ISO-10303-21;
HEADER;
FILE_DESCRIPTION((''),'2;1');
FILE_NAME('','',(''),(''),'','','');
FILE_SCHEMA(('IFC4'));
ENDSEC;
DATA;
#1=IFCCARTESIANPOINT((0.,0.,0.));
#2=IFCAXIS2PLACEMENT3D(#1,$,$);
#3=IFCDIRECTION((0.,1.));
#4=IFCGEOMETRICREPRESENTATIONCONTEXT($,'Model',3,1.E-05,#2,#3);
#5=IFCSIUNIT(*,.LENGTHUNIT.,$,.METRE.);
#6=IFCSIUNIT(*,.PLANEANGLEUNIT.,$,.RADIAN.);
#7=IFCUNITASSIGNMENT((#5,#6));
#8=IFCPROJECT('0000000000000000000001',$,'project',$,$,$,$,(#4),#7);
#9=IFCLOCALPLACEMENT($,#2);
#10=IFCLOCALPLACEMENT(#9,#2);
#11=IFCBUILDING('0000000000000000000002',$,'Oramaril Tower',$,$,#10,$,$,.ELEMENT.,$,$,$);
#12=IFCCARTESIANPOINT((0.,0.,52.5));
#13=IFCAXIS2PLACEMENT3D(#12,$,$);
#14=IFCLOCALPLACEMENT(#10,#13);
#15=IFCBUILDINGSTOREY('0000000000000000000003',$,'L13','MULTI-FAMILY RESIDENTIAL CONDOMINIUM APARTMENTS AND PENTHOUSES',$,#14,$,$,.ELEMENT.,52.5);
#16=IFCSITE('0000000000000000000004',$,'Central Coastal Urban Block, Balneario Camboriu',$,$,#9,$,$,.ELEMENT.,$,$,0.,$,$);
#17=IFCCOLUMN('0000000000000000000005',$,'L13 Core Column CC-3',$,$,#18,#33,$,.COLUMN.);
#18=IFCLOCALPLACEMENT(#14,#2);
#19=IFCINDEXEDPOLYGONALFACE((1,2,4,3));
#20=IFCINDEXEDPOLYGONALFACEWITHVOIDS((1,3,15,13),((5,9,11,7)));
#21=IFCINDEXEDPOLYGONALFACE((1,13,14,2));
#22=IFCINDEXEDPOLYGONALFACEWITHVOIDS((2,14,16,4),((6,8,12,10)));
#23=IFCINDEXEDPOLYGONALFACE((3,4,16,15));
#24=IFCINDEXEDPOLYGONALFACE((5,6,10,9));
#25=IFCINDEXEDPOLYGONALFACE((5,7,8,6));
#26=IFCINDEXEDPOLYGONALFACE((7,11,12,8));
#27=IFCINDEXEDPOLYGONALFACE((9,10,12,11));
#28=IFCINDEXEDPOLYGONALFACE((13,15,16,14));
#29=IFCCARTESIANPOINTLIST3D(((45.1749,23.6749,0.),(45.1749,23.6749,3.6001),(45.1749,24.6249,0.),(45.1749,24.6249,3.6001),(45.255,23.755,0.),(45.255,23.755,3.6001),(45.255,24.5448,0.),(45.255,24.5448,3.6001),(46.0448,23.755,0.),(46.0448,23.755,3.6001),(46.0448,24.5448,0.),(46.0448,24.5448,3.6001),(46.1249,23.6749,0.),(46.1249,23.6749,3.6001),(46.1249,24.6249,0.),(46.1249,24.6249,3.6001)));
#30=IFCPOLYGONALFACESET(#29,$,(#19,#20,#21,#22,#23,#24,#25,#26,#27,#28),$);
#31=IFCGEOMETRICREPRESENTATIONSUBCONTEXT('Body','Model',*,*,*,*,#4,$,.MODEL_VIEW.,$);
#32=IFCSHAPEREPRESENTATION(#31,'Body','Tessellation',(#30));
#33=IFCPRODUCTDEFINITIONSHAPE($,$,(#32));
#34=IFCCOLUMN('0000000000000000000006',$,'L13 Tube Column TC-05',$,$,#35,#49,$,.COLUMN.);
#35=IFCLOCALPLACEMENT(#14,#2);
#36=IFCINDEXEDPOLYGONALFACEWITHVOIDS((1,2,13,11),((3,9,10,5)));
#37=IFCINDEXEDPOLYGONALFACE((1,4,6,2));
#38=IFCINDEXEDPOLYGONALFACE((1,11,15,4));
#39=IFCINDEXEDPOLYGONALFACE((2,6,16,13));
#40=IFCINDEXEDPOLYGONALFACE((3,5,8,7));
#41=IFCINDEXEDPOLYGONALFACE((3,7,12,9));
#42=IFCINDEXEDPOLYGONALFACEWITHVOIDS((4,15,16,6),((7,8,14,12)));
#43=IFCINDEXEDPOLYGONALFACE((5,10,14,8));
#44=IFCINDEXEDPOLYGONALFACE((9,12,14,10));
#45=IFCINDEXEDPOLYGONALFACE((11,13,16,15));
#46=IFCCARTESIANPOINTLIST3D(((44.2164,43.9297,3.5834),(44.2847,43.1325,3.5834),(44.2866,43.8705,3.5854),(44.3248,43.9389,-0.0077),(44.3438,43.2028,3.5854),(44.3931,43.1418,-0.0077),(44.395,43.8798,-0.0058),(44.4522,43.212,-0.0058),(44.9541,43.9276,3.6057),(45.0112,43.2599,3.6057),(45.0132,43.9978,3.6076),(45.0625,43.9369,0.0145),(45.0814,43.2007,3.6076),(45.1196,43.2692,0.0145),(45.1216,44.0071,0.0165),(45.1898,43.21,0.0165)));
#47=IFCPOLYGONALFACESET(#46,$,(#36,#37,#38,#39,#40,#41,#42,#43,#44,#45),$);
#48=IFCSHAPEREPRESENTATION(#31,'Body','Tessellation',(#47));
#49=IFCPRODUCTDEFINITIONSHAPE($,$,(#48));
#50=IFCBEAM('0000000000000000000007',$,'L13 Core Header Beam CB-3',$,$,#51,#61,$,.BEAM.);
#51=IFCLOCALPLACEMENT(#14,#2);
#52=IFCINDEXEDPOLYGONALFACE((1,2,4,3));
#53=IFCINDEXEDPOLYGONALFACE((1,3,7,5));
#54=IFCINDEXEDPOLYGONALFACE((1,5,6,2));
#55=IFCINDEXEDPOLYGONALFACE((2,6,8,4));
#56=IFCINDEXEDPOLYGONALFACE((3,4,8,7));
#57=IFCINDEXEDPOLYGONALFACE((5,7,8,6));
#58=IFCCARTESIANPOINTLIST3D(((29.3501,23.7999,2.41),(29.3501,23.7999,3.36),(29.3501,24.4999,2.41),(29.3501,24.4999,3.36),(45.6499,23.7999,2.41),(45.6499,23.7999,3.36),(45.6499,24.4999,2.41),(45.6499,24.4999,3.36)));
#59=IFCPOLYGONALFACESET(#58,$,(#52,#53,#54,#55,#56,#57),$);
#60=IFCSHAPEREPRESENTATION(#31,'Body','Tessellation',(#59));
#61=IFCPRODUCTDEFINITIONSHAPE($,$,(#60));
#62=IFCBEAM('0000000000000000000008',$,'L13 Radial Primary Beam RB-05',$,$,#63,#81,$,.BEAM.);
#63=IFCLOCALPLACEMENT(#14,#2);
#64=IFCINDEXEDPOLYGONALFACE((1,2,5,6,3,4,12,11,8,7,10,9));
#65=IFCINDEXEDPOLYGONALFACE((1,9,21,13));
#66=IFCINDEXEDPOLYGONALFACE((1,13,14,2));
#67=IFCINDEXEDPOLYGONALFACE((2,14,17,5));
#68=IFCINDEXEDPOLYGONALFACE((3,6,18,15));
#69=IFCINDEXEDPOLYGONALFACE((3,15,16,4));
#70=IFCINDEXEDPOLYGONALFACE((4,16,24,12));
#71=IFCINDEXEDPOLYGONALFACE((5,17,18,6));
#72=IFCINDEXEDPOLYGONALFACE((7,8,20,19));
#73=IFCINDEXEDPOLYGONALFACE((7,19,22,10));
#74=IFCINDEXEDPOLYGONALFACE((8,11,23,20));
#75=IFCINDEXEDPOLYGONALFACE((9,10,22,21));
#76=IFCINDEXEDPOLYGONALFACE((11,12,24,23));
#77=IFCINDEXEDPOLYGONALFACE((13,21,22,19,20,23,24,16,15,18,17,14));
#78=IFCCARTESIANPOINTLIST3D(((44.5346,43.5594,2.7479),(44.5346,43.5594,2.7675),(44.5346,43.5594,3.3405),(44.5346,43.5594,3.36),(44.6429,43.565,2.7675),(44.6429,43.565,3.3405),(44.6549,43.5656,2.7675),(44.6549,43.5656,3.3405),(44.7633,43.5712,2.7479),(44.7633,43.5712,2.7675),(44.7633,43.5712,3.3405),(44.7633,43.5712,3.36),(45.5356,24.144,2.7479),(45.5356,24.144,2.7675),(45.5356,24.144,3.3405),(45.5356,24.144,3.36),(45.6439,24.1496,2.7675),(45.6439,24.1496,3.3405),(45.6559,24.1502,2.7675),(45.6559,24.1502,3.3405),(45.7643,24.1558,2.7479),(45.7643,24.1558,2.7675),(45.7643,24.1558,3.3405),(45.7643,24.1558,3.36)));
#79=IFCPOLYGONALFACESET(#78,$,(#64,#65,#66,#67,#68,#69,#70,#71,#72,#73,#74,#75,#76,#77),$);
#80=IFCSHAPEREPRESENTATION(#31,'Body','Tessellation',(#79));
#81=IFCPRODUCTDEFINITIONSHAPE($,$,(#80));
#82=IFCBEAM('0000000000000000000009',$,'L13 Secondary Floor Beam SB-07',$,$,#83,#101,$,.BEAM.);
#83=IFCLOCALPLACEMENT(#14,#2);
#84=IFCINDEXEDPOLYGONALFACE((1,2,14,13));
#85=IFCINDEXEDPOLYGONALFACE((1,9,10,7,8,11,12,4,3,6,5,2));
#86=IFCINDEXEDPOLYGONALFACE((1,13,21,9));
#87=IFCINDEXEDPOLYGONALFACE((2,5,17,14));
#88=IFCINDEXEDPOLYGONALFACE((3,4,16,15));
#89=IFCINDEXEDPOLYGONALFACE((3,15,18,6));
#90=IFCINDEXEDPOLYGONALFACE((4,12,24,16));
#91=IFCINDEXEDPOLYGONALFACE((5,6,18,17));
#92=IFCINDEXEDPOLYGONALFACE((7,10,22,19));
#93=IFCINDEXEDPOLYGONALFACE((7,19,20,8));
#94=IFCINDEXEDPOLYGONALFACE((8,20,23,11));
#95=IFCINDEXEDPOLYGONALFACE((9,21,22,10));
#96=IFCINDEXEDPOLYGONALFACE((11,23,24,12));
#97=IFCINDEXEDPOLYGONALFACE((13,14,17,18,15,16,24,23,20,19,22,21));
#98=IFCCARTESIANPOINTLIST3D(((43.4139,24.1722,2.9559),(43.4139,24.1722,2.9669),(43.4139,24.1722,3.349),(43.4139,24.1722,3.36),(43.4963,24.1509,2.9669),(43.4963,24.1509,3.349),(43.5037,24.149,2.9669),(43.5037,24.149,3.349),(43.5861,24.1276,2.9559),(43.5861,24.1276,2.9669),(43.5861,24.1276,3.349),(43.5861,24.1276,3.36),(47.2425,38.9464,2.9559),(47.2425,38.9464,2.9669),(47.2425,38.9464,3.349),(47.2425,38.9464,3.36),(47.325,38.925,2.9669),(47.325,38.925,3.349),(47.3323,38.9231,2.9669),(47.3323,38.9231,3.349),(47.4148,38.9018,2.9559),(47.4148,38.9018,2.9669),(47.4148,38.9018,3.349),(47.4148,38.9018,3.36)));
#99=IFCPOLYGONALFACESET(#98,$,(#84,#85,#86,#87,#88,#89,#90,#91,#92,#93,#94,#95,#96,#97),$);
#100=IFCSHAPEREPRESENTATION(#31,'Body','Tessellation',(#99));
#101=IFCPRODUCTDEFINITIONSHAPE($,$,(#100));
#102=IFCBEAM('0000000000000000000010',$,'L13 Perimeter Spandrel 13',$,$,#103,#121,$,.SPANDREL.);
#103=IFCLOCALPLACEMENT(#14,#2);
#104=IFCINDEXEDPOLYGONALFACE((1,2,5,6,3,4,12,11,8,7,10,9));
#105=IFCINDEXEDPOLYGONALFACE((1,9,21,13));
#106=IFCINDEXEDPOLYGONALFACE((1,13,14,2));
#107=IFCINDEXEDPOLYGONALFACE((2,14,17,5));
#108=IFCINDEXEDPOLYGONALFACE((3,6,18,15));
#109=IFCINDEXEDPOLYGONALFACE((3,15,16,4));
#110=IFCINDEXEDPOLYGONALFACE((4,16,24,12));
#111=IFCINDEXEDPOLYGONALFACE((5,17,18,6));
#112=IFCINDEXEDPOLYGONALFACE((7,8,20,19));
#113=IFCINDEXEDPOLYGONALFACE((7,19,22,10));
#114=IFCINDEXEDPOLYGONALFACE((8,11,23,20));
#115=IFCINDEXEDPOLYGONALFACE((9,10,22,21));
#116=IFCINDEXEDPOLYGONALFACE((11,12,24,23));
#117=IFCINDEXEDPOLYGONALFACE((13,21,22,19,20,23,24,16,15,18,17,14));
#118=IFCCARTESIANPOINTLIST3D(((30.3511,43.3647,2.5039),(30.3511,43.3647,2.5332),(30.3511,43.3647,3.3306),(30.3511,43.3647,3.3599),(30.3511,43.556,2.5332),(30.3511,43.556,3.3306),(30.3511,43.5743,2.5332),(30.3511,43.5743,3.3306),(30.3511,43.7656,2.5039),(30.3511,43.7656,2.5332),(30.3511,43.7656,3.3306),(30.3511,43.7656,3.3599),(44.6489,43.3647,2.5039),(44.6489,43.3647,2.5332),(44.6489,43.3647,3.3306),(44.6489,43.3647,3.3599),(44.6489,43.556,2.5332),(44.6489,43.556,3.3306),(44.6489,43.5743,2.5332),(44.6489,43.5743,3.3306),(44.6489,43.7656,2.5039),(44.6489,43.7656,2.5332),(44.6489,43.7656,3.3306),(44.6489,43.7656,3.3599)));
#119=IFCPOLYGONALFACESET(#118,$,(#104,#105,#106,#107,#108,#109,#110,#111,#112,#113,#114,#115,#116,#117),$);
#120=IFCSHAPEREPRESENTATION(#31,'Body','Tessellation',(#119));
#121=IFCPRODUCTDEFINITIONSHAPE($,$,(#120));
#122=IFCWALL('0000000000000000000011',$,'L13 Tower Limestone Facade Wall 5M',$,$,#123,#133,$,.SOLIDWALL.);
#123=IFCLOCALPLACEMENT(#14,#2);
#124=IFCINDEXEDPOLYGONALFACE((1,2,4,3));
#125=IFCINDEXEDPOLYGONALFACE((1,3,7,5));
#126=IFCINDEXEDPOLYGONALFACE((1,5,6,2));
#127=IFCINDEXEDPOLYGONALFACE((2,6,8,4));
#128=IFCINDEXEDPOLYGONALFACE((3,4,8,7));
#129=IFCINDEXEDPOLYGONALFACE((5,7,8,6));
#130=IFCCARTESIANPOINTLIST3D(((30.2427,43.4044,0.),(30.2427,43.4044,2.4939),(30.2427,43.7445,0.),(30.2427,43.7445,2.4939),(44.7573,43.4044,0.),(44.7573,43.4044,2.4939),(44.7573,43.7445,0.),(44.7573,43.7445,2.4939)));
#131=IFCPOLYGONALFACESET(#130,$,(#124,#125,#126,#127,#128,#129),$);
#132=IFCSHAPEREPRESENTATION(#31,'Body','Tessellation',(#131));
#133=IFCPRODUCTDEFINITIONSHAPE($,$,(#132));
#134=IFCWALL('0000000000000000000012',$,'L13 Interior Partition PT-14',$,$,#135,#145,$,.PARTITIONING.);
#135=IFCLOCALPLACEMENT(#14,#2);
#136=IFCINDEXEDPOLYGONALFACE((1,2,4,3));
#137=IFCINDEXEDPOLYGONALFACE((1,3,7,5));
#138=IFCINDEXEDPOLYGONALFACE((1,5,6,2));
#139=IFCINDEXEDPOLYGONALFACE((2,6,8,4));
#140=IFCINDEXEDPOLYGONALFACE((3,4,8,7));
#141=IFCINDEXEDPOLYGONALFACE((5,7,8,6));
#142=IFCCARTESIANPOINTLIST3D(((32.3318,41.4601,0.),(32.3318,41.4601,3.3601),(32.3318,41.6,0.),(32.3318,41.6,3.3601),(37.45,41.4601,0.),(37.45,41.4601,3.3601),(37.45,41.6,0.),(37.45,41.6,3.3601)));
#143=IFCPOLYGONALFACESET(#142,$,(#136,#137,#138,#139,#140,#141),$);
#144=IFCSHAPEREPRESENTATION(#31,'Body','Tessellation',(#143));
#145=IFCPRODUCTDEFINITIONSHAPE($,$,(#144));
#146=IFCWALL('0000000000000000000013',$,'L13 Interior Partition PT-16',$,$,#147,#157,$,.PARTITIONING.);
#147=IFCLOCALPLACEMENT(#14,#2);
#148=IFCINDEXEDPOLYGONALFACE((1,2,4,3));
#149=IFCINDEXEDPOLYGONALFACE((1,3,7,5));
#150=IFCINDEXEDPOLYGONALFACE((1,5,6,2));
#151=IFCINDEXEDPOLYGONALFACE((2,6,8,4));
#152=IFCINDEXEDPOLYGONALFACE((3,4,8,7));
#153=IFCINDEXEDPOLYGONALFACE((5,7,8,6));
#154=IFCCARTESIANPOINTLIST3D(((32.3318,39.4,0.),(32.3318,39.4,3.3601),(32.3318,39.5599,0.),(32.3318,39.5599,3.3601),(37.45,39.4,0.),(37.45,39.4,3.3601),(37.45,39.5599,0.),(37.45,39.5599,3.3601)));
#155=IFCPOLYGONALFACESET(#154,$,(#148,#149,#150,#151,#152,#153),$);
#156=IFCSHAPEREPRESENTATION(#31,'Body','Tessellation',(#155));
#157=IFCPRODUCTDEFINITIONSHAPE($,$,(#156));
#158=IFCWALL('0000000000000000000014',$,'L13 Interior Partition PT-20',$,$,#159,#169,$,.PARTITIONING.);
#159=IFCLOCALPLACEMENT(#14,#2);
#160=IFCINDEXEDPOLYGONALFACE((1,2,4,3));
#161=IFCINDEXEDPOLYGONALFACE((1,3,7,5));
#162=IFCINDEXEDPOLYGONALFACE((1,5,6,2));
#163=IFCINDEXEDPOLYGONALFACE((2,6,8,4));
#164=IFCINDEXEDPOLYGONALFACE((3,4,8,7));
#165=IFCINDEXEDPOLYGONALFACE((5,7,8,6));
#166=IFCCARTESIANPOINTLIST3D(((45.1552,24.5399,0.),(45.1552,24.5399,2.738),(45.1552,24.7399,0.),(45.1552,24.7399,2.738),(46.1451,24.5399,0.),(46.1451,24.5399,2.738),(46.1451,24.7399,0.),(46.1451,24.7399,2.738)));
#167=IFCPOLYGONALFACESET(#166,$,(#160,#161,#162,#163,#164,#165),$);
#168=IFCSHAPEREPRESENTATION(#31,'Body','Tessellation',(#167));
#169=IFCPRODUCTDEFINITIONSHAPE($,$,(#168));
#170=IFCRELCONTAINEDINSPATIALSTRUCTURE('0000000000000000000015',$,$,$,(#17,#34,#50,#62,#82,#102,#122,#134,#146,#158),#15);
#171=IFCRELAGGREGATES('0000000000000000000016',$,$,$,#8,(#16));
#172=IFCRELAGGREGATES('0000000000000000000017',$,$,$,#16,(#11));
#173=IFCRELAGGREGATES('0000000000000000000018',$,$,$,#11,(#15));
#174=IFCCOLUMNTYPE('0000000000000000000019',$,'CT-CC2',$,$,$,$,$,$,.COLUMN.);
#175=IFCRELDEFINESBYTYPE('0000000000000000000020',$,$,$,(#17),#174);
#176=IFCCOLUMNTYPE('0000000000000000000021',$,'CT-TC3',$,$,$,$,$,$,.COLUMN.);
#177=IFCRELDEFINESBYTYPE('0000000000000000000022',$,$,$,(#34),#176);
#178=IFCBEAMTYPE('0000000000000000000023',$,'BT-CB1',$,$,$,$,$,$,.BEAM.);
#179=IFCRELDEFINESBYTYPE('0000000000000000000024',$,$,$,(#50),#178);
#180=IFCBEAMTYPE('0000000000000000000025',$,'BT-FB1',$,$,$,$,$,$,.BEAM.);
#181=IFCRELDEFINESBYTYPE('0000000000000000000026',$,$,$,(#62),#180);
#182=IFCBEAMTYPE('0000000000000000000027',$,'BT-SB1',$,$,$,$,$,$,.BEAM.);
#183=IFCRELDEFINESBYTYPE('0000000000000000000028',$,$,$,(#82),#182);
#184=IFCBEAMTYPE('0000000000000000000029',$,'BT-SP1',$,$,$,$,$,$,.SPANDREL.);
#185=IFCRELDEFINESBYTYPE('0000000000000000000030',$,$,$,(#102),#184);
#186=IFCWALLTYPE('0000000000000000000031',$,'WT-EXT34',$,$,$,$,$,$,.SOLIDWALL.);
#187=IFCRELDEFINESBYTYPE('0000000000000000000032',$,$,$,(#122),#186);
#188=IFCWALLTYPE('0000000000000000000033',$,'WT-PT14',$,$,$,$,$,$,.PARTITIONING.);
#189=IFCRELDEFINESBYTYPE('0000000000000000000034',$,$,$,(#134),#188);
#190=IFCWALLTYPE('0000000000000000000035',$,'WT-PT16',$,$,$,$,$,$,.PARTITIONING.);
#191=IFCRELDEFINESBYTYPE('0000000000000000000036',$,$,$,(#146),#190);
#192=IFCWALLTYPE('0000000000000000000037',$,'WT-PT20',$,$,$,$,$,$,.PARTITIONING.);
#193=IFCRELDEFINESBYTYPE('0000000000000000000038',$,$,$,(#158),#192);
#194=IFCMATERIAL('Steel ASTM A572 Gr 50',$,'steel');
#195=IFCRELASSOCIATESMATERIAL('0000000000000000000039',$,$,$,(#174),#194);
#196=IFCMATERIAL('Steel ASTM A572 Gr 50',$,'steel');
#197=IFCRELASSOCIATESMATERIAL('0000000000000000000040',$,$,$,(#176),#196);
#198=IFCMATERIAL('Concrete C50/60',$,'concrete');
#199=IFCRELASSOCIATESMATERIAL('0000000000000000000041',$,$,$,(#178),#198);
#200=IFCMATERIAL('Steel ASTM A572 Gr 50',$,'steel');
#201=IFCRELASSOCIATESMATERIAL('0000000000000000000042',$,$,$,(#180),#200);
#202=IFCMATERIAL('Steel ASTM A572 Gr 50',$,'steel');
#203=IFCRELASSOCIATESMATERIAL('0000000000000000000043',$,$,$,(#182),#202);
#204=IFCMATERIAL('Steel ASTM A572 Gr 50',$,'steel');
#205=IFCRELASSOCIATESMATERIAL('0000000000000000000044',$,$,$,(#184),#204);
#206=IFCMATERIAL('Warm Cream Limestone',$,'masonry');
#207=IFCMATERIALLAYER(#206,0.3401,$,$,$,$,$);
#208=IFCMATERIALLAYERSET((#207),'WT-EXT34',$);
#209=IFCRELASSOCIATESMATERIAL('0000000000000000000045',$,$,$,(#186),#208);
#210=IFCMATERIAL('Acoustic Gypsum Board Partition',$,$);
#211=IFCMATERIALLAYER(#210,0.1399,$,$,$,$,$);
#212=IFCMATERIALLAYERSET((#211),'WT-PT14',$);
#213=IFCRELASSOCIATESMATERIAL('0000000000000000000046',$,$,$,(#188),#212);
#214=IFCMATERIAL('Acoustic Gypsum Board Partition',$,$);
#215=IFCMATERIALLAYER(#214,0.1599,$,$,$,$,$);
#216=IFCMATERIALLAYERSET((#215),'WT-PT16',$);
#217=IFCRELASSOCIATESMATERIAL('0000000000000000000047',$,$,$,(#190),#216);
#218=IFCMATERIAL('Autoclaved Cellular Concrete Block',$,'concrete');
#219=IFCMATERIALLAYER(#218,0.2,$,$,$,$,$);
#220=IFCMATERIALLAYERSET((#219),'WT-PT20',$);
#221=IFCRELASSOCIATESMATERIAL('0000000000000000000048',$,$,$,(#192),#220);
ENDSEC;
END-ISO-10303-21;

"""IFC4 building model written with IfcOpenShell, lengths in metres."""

from ifc_helpers import new_model, si_unit, direction, frame, frame_2d, origin, origin_2d, place, context, subcontext, project, spatial, rectangle, hollow_rectangle, i_section, extrude, material, layer, layer_set, material_profile, profile_set, type_object, element, save


model = new_model("IFC4")

# Units and contexts
model_context = context("Model", 3, precision=1e-05, world=origin(), true_north=direction((0.0, 1.0)))
body_context = subcontext(model_context, "Body", "Model", "MODEL_VIEW")
ifc_project = project(units=[si_unit("LENGTHUNIT", "METRE"), si_unit("PLANEANGLEUNIT", "RADIAN")], contexts=[model_context])

# Site, building, storey
site_placement = place(None, origin())
site = spatial("IfcSite", under=ifc_project, at=site_placement, Name="Central Coastal Urban Block, Balneario Camboriu", CompositionType="ELEMENT", RefElevation=0.0)
building_placement = place(site_placement, origin())
building = spatial("IfcBuilding", under=site, at=building_placement, Name="Oramaril Tower", CompositionType="ELEMENT")
storey_placement = place(building_placement, frame((0.0, 0.0, 52.5)))
storey = spatial("IfcBuildingStorey", under=building, at=storey_placement, Name="L13", Description="MULTI-FAMILY RESIDENTIAL CONDOMINIUM APARTMENTS AND PENTHOUSES", CompositionType="ELEMENT", Elevation=52.5)

# Columns
ifc_material_1 = material(Name="Steel ASTM A572 Gr 50", Category="steel")
ifc_material_profile_1 = material_profile(ifc_material_1, hollow_rectangle(XDim=0.95, YDim=0.95, WallThickness=0.0801, at=origin_2d()), Name="BOX950X950X80")
ifc_profile_set_1 = profile_set([ifc_material_profile_1], Name="Steel ASTM A572 Gr 50")
column_type_1 = type_object("IfcColumnType", Name="CT-CC2", PredefinedType="COLUMN", material=ifc_profile_set_1)
column_1_placement = place(storey_placement, frame((45.6499, 24.1499, 0.0), z_axis=(0.0, 0.0, 1.0), x_axis=(1.0, 0.0, 0.0)))
element("IfcColumn", 1, at=column_1_placement, inside=storey, type_object=column_type_1, Name="L13 Core Column CC-3", PredefinedType="COLUMN", context=body_context, shape_type="SweptSolid", body=[
    extrude(hollow_rectangle(XDim=0.95, YDim=0.95, WallThickness=0.0801, at=origin_2d()), origin(), (0.0, 0.0, 1.0), 3.6001),
])
ifc_material_2 = material(Name="Steel ASTM A572 Gr 50", Category="steel")
ifc_material_profile_2 = material_profile(ifc_material_2, hollow_rectangle(XDim=0.8, YDim=0.8, WallThickness=0.0649, at=origin_2d()), Name="BOX800X800X65")
ifc_profile_set_2 = profile_set([ifc_material_profile_2], Name="Steel ASTM A572 Gr 50")
column_type_2 = type_object("IfcColumnType", Name="CT-TC3", PredefinedType="COLUMN", material=ifc_profile_set_2)
column_2_placement = place(storey_placement, frame((44.7573, 43.5745, 0.0044), z_axis=(-0.030172, -0.002582, 0.999541), x_axis=(0.085274, -0.996358, 0.0)))
element("IfcColumn", 2, at=column_2_placement, inside=storey, type_object=column_type_2, Name="L13 Tube Column TC-05", PredefinedType="COLUMN", context=body_context, shape_type="SweptSolid", body=[
    extrude(hollow_rectangle(XDim=0.8, YDim=0.8, WallThickness=0.0649, at=origin_2d()), origin(), (0.0, 0.0, 1.0), 3.5928),
])

# Beams
ifc_material_3 = material(Name="Concrete C50/60", Category="concrete")
ifc_material_profile_3 = material_profile(ifc_material_3, rectangle(XDim=0.7, YDim=0.95, at=origin_2d()), Name="CB700X950")
ifc_profile_set_3 = profile_set([ifc_material_profile_3], Name="Concrete C50/60")
beam_type_1 = type_object("IfcBeamType", Name="BT-CB1", PredefinedType="BEAM", material=ifc_profile_set_3)
beam_1_placement = place(storey_placement, frame((45.6499, 24.1499, 2.885), z_axis=(-1.0, 0.0, 0.0), x_axis=(0.0, -1.0, 0.0)))
element("IfcBeam", 3, at=beam_1_placement, inside=storey, type_object=beam_type_1, Name="L13 Core Header Beam CB-3", PredefinedType="BEAM", context=body_context, shape_type="SweptSolid", body=[
    extrude(rectangle(XDim=0.7, YDim=0.95, at=origin_2d()), origin(), (0.0, 0.0, 1.0), 16.2998),
])
ifc_material_4 = material(Name="Steel ASTM A572 Gr 50", Category="steel")
ifc_material_profile_4 = material_profile(ifc_material_4, i_section(OverallWidth=0.229, OverallDepth=0.6121, WebThickness=0.012, FlangeThickness=0.0195, at=origin_2d()), Name="W24X84")
ifc_profile_set_4 = profile_set([ifc_material_profile_4], Name="Steel ASTM A572 Gr 50")
beam_type_2 = type_object("IfcBeamType", Name="BT-FB1", PredefinedType="BEAM", material=ifc_profile_set_4)
beam_2_placement = place(storey_placement, frame((45.6499, 24.1499, 3.054), z_axis=(-0.051488, 0.998674, 0.0), x_axis=(-0.998674, -0.051488, 0.0)))
element("IfcBeam", 4, at=beam_2_placement, inside=storey, type_object=beam_type_2, Name="L13 Radial Primary Beam RB-05", PredefinedType="BEAM", context=body_context, shape_type="SweptSolid", body=[
    extrude(i_section(OverallWidth=0.229, OverallDepth=0.6121, WebThickness=0.012, FlangeThickness=0.0195, at=origin_2d()), origin(), (0.0, 0.0, 1.0), 19.4412),
])
ifc_material_5 = material(Name="Steel ASTM A572 Gr 50", Category="steel")
ifc_material_profile_5 = material_profile(ifc_material_5, i_section(OverallWidth=0.178, OverallDepth=0.4041, WebThickness=0.0076, FlangeThickness=0.011, at=origin_2d()), Name="W16X36")
ifc_profile_set_5 = profile_set([ifc_material_profile_5], Name="Steel ASTM A572 Gr 50")
beam_type_3 = type_object("IfcBeamType", Name="BT-SB1", PredefinedType="BEAM", material=ifc_profile_set_5)
beam_3_placement = place(storey_placement, frame((43.5, 24.1499, 3.158), z_axis=(0.250856, 0.968024, 0.0), x_axis=(-0.968024, 0.250856, 0.0)))
element("IfcBeam", 5, at=beam_3_placement, inside=storey, type_object=beam_type_3, Name="L13 Secondary Floor Beam SB-07", PredefinedType="BEAM", context=body_context, shape_type="SweptSolid", body=[
    extrude(i_section(OverallWidth=0.178, OverallDepth=0.4041, WebThickness=0.0076, FlangeThickness=0.011, at=origin_2d()), origin(), (0.0, 0.0, 1.0), 15.2622),
])
ifc_material_6 = material(Name="Steel ASTM A572 Gr 50", Category="steel")
ifc_material_profile_6 = material_profile(ifc_material_6, i_section(OverallWidth=0.4009, OverallDepth=0.856, WebThickness=0.0183, FlangeThickness=0.0293, at=origin_2d()), Name="W33X201")
ifc_profile_set_6 = profile_set([ifc_material_profile_6], Name="Steel ASTM A572 Gr 50")
beam_type_4 = type_object("IfcBeamType", Name="BT-SP1", PredefinedType="SPANDREL", material=ifc_profile_set_6)
beam_4_placement = place(storey_placement, frame((44.6489, 43.5652, 2.9319), z_axis=(-1.0, 0.0, 0.0), x_axis=(0.0, -1.0, 0.0)))
element("IfcBeam", 6, at=beam_4_placement, inside=storey, type_object=beam_type_4, Name="L13 Perimeter Spandrel 13", PredefinedType="SPANDREL", context=body_context, shape_type="SweptSolid", body=[
    extrude(i_section(OverallWidth=0.4009, OverallDepth=0.856, WebThickness=0.0183, FlangeThickness=0.0293, at=origin_2d()), origin(), (0.0, 0.0, 1.0), 14.2979),
])

# Walls
ifc_material_7 = material(Name="Warm Cream Limestone", Category="masonry")
ifc_layer_1 = layer(ifc_material_7, 0.3401)
ifc_layer_set_1 = layer_set([ifc_layer_1], Name="WT-EXT34")
wall_type_1 = type_object("IfcWallType", Name="WT-EXT34", PredefinedType="SOLIDWALL", material=ifc_layer_set_1)
wall_1_placement = place(storey_placement, frame((44.7573, 43.5745, 0.0), z_axis=(0.0, 0.0, 1.0), x_axis=(-1.0, 0.0, 0.0)))
element("IfcWall", 7, at=wall_1_placement, inside=storey, type_object=wall_type_1, Name="L13 Tower Limestone Facade Wall 5M", PredefinedType="SOLIDWALL", context=body_context, shape_type="SweptSolid", body=[
    extrude(rectangle(XDim=14.5146, YDim=0.3401, at=frame_2d((7.2573, 0.0))), origin(), (0.0, 0.0, 1.0), 2.4939),
])
ifc_material_8 = material(Name="Acoustic Gypsum Board Partition")
ifc_layer_2 = layer(ifc_material_8, 0.1399)
ifc_layer_set_2 = layer_set([ifc_layer_2], Name="WT-PT14")
wall_type_2 = type_object("IfcWallType", Name="WT-PT14", PredefinedType="PARTITIONING", material=ifc_layer_set_2)
wall_2_placement = place(storey_placement, frame((32.3318, 41.53, 0.0), z_axis=(0.0, 0.0, 1.0), x_axis=(1.0, 0.0, 0.0)))
element("IfcWall", 8, at=wall_2_placement, inside=storey, type_object=wall_type_2, Name="L13 Interior Partition PT-14", PredefinedType="PARTITIONING", context=body_context, shape_type="SweptSolid", body=[
    extrude(rectangle(XDim=5.1182, YDim=0.1399, at=frame_2d((2.5591, 0.0))), origin(), (0.0, 0.0, 1.0), 3.3601),
])
ifc_material_9 = material(Name="Acoustic Gypsum Board Partition")
ifc_layer_3 = layer(ifc_material_9, 0.1599)
ifc_layer_set_3 = layer_set([ifc_layer_3], Name="WT-PT16")
wall_type_3 = type_object("IfcWallType", Name="WT-PT16", PredefinedType="PARTITIONING", material=ifc_layer_set_3)
wall_3_placement = place(storey_placement, frame((32.3318, 39.48, 0.0), z_axis=(0.0, 0.0, 1.0), x_axis=(1.0, 0.0, 0.0)))
element("IfcWall", 9, at=wall_3_placement, inside=storey, type_object=wall_type_3, Name="L13 Interior Partition PT-16", PredefinedType="PARTITIONING", context=body_context, shape_type="SweptSolid", body=[
    extrude(rectangle(XDim=5.1182, YDim=0.1599, at=frame_2d((2.5591, 0.0))), origin(), (0.0, 0.0, 1.0), 3.3601),
])
ifc_material_10 = material(Name="Autoclaved Cellular Concrete Block", Category="concrete")
ifc_layer_4 = layer(ifc_material_10, 0.2)
ifc_layer_set_4 = layer_set([ifc_layer_4], Name="WT-PT20")
wall_type_4 = type_object("IfcWallType", Name="WT-PT20", PredefinedType="PARTITIONING", material=ifc_layer_set_4)
wall_4_placement = place(storey_placement, frame((45.155, 24.6399, 0.0), z_axis=(0.0, 0.0, 1.0), x_axis=(1.0, 0.0, 0.0)))
element("IfcWall", 10, at=wall_4_placement, inside=storey, type_object=wall_type_4, Name="L13 Interior Partition PT-20", PredefinedType="PARTITIONING", context=body_context, shape_type="SweptSolid", body=[
    extrude(rectangle(XDim=0.99, YDim=0.2, at=frame_2d((0.4951, 0.0))), origin(), (0.0, 0.0, 1.0), 2.738),
])

save(model, "model.ifc")
